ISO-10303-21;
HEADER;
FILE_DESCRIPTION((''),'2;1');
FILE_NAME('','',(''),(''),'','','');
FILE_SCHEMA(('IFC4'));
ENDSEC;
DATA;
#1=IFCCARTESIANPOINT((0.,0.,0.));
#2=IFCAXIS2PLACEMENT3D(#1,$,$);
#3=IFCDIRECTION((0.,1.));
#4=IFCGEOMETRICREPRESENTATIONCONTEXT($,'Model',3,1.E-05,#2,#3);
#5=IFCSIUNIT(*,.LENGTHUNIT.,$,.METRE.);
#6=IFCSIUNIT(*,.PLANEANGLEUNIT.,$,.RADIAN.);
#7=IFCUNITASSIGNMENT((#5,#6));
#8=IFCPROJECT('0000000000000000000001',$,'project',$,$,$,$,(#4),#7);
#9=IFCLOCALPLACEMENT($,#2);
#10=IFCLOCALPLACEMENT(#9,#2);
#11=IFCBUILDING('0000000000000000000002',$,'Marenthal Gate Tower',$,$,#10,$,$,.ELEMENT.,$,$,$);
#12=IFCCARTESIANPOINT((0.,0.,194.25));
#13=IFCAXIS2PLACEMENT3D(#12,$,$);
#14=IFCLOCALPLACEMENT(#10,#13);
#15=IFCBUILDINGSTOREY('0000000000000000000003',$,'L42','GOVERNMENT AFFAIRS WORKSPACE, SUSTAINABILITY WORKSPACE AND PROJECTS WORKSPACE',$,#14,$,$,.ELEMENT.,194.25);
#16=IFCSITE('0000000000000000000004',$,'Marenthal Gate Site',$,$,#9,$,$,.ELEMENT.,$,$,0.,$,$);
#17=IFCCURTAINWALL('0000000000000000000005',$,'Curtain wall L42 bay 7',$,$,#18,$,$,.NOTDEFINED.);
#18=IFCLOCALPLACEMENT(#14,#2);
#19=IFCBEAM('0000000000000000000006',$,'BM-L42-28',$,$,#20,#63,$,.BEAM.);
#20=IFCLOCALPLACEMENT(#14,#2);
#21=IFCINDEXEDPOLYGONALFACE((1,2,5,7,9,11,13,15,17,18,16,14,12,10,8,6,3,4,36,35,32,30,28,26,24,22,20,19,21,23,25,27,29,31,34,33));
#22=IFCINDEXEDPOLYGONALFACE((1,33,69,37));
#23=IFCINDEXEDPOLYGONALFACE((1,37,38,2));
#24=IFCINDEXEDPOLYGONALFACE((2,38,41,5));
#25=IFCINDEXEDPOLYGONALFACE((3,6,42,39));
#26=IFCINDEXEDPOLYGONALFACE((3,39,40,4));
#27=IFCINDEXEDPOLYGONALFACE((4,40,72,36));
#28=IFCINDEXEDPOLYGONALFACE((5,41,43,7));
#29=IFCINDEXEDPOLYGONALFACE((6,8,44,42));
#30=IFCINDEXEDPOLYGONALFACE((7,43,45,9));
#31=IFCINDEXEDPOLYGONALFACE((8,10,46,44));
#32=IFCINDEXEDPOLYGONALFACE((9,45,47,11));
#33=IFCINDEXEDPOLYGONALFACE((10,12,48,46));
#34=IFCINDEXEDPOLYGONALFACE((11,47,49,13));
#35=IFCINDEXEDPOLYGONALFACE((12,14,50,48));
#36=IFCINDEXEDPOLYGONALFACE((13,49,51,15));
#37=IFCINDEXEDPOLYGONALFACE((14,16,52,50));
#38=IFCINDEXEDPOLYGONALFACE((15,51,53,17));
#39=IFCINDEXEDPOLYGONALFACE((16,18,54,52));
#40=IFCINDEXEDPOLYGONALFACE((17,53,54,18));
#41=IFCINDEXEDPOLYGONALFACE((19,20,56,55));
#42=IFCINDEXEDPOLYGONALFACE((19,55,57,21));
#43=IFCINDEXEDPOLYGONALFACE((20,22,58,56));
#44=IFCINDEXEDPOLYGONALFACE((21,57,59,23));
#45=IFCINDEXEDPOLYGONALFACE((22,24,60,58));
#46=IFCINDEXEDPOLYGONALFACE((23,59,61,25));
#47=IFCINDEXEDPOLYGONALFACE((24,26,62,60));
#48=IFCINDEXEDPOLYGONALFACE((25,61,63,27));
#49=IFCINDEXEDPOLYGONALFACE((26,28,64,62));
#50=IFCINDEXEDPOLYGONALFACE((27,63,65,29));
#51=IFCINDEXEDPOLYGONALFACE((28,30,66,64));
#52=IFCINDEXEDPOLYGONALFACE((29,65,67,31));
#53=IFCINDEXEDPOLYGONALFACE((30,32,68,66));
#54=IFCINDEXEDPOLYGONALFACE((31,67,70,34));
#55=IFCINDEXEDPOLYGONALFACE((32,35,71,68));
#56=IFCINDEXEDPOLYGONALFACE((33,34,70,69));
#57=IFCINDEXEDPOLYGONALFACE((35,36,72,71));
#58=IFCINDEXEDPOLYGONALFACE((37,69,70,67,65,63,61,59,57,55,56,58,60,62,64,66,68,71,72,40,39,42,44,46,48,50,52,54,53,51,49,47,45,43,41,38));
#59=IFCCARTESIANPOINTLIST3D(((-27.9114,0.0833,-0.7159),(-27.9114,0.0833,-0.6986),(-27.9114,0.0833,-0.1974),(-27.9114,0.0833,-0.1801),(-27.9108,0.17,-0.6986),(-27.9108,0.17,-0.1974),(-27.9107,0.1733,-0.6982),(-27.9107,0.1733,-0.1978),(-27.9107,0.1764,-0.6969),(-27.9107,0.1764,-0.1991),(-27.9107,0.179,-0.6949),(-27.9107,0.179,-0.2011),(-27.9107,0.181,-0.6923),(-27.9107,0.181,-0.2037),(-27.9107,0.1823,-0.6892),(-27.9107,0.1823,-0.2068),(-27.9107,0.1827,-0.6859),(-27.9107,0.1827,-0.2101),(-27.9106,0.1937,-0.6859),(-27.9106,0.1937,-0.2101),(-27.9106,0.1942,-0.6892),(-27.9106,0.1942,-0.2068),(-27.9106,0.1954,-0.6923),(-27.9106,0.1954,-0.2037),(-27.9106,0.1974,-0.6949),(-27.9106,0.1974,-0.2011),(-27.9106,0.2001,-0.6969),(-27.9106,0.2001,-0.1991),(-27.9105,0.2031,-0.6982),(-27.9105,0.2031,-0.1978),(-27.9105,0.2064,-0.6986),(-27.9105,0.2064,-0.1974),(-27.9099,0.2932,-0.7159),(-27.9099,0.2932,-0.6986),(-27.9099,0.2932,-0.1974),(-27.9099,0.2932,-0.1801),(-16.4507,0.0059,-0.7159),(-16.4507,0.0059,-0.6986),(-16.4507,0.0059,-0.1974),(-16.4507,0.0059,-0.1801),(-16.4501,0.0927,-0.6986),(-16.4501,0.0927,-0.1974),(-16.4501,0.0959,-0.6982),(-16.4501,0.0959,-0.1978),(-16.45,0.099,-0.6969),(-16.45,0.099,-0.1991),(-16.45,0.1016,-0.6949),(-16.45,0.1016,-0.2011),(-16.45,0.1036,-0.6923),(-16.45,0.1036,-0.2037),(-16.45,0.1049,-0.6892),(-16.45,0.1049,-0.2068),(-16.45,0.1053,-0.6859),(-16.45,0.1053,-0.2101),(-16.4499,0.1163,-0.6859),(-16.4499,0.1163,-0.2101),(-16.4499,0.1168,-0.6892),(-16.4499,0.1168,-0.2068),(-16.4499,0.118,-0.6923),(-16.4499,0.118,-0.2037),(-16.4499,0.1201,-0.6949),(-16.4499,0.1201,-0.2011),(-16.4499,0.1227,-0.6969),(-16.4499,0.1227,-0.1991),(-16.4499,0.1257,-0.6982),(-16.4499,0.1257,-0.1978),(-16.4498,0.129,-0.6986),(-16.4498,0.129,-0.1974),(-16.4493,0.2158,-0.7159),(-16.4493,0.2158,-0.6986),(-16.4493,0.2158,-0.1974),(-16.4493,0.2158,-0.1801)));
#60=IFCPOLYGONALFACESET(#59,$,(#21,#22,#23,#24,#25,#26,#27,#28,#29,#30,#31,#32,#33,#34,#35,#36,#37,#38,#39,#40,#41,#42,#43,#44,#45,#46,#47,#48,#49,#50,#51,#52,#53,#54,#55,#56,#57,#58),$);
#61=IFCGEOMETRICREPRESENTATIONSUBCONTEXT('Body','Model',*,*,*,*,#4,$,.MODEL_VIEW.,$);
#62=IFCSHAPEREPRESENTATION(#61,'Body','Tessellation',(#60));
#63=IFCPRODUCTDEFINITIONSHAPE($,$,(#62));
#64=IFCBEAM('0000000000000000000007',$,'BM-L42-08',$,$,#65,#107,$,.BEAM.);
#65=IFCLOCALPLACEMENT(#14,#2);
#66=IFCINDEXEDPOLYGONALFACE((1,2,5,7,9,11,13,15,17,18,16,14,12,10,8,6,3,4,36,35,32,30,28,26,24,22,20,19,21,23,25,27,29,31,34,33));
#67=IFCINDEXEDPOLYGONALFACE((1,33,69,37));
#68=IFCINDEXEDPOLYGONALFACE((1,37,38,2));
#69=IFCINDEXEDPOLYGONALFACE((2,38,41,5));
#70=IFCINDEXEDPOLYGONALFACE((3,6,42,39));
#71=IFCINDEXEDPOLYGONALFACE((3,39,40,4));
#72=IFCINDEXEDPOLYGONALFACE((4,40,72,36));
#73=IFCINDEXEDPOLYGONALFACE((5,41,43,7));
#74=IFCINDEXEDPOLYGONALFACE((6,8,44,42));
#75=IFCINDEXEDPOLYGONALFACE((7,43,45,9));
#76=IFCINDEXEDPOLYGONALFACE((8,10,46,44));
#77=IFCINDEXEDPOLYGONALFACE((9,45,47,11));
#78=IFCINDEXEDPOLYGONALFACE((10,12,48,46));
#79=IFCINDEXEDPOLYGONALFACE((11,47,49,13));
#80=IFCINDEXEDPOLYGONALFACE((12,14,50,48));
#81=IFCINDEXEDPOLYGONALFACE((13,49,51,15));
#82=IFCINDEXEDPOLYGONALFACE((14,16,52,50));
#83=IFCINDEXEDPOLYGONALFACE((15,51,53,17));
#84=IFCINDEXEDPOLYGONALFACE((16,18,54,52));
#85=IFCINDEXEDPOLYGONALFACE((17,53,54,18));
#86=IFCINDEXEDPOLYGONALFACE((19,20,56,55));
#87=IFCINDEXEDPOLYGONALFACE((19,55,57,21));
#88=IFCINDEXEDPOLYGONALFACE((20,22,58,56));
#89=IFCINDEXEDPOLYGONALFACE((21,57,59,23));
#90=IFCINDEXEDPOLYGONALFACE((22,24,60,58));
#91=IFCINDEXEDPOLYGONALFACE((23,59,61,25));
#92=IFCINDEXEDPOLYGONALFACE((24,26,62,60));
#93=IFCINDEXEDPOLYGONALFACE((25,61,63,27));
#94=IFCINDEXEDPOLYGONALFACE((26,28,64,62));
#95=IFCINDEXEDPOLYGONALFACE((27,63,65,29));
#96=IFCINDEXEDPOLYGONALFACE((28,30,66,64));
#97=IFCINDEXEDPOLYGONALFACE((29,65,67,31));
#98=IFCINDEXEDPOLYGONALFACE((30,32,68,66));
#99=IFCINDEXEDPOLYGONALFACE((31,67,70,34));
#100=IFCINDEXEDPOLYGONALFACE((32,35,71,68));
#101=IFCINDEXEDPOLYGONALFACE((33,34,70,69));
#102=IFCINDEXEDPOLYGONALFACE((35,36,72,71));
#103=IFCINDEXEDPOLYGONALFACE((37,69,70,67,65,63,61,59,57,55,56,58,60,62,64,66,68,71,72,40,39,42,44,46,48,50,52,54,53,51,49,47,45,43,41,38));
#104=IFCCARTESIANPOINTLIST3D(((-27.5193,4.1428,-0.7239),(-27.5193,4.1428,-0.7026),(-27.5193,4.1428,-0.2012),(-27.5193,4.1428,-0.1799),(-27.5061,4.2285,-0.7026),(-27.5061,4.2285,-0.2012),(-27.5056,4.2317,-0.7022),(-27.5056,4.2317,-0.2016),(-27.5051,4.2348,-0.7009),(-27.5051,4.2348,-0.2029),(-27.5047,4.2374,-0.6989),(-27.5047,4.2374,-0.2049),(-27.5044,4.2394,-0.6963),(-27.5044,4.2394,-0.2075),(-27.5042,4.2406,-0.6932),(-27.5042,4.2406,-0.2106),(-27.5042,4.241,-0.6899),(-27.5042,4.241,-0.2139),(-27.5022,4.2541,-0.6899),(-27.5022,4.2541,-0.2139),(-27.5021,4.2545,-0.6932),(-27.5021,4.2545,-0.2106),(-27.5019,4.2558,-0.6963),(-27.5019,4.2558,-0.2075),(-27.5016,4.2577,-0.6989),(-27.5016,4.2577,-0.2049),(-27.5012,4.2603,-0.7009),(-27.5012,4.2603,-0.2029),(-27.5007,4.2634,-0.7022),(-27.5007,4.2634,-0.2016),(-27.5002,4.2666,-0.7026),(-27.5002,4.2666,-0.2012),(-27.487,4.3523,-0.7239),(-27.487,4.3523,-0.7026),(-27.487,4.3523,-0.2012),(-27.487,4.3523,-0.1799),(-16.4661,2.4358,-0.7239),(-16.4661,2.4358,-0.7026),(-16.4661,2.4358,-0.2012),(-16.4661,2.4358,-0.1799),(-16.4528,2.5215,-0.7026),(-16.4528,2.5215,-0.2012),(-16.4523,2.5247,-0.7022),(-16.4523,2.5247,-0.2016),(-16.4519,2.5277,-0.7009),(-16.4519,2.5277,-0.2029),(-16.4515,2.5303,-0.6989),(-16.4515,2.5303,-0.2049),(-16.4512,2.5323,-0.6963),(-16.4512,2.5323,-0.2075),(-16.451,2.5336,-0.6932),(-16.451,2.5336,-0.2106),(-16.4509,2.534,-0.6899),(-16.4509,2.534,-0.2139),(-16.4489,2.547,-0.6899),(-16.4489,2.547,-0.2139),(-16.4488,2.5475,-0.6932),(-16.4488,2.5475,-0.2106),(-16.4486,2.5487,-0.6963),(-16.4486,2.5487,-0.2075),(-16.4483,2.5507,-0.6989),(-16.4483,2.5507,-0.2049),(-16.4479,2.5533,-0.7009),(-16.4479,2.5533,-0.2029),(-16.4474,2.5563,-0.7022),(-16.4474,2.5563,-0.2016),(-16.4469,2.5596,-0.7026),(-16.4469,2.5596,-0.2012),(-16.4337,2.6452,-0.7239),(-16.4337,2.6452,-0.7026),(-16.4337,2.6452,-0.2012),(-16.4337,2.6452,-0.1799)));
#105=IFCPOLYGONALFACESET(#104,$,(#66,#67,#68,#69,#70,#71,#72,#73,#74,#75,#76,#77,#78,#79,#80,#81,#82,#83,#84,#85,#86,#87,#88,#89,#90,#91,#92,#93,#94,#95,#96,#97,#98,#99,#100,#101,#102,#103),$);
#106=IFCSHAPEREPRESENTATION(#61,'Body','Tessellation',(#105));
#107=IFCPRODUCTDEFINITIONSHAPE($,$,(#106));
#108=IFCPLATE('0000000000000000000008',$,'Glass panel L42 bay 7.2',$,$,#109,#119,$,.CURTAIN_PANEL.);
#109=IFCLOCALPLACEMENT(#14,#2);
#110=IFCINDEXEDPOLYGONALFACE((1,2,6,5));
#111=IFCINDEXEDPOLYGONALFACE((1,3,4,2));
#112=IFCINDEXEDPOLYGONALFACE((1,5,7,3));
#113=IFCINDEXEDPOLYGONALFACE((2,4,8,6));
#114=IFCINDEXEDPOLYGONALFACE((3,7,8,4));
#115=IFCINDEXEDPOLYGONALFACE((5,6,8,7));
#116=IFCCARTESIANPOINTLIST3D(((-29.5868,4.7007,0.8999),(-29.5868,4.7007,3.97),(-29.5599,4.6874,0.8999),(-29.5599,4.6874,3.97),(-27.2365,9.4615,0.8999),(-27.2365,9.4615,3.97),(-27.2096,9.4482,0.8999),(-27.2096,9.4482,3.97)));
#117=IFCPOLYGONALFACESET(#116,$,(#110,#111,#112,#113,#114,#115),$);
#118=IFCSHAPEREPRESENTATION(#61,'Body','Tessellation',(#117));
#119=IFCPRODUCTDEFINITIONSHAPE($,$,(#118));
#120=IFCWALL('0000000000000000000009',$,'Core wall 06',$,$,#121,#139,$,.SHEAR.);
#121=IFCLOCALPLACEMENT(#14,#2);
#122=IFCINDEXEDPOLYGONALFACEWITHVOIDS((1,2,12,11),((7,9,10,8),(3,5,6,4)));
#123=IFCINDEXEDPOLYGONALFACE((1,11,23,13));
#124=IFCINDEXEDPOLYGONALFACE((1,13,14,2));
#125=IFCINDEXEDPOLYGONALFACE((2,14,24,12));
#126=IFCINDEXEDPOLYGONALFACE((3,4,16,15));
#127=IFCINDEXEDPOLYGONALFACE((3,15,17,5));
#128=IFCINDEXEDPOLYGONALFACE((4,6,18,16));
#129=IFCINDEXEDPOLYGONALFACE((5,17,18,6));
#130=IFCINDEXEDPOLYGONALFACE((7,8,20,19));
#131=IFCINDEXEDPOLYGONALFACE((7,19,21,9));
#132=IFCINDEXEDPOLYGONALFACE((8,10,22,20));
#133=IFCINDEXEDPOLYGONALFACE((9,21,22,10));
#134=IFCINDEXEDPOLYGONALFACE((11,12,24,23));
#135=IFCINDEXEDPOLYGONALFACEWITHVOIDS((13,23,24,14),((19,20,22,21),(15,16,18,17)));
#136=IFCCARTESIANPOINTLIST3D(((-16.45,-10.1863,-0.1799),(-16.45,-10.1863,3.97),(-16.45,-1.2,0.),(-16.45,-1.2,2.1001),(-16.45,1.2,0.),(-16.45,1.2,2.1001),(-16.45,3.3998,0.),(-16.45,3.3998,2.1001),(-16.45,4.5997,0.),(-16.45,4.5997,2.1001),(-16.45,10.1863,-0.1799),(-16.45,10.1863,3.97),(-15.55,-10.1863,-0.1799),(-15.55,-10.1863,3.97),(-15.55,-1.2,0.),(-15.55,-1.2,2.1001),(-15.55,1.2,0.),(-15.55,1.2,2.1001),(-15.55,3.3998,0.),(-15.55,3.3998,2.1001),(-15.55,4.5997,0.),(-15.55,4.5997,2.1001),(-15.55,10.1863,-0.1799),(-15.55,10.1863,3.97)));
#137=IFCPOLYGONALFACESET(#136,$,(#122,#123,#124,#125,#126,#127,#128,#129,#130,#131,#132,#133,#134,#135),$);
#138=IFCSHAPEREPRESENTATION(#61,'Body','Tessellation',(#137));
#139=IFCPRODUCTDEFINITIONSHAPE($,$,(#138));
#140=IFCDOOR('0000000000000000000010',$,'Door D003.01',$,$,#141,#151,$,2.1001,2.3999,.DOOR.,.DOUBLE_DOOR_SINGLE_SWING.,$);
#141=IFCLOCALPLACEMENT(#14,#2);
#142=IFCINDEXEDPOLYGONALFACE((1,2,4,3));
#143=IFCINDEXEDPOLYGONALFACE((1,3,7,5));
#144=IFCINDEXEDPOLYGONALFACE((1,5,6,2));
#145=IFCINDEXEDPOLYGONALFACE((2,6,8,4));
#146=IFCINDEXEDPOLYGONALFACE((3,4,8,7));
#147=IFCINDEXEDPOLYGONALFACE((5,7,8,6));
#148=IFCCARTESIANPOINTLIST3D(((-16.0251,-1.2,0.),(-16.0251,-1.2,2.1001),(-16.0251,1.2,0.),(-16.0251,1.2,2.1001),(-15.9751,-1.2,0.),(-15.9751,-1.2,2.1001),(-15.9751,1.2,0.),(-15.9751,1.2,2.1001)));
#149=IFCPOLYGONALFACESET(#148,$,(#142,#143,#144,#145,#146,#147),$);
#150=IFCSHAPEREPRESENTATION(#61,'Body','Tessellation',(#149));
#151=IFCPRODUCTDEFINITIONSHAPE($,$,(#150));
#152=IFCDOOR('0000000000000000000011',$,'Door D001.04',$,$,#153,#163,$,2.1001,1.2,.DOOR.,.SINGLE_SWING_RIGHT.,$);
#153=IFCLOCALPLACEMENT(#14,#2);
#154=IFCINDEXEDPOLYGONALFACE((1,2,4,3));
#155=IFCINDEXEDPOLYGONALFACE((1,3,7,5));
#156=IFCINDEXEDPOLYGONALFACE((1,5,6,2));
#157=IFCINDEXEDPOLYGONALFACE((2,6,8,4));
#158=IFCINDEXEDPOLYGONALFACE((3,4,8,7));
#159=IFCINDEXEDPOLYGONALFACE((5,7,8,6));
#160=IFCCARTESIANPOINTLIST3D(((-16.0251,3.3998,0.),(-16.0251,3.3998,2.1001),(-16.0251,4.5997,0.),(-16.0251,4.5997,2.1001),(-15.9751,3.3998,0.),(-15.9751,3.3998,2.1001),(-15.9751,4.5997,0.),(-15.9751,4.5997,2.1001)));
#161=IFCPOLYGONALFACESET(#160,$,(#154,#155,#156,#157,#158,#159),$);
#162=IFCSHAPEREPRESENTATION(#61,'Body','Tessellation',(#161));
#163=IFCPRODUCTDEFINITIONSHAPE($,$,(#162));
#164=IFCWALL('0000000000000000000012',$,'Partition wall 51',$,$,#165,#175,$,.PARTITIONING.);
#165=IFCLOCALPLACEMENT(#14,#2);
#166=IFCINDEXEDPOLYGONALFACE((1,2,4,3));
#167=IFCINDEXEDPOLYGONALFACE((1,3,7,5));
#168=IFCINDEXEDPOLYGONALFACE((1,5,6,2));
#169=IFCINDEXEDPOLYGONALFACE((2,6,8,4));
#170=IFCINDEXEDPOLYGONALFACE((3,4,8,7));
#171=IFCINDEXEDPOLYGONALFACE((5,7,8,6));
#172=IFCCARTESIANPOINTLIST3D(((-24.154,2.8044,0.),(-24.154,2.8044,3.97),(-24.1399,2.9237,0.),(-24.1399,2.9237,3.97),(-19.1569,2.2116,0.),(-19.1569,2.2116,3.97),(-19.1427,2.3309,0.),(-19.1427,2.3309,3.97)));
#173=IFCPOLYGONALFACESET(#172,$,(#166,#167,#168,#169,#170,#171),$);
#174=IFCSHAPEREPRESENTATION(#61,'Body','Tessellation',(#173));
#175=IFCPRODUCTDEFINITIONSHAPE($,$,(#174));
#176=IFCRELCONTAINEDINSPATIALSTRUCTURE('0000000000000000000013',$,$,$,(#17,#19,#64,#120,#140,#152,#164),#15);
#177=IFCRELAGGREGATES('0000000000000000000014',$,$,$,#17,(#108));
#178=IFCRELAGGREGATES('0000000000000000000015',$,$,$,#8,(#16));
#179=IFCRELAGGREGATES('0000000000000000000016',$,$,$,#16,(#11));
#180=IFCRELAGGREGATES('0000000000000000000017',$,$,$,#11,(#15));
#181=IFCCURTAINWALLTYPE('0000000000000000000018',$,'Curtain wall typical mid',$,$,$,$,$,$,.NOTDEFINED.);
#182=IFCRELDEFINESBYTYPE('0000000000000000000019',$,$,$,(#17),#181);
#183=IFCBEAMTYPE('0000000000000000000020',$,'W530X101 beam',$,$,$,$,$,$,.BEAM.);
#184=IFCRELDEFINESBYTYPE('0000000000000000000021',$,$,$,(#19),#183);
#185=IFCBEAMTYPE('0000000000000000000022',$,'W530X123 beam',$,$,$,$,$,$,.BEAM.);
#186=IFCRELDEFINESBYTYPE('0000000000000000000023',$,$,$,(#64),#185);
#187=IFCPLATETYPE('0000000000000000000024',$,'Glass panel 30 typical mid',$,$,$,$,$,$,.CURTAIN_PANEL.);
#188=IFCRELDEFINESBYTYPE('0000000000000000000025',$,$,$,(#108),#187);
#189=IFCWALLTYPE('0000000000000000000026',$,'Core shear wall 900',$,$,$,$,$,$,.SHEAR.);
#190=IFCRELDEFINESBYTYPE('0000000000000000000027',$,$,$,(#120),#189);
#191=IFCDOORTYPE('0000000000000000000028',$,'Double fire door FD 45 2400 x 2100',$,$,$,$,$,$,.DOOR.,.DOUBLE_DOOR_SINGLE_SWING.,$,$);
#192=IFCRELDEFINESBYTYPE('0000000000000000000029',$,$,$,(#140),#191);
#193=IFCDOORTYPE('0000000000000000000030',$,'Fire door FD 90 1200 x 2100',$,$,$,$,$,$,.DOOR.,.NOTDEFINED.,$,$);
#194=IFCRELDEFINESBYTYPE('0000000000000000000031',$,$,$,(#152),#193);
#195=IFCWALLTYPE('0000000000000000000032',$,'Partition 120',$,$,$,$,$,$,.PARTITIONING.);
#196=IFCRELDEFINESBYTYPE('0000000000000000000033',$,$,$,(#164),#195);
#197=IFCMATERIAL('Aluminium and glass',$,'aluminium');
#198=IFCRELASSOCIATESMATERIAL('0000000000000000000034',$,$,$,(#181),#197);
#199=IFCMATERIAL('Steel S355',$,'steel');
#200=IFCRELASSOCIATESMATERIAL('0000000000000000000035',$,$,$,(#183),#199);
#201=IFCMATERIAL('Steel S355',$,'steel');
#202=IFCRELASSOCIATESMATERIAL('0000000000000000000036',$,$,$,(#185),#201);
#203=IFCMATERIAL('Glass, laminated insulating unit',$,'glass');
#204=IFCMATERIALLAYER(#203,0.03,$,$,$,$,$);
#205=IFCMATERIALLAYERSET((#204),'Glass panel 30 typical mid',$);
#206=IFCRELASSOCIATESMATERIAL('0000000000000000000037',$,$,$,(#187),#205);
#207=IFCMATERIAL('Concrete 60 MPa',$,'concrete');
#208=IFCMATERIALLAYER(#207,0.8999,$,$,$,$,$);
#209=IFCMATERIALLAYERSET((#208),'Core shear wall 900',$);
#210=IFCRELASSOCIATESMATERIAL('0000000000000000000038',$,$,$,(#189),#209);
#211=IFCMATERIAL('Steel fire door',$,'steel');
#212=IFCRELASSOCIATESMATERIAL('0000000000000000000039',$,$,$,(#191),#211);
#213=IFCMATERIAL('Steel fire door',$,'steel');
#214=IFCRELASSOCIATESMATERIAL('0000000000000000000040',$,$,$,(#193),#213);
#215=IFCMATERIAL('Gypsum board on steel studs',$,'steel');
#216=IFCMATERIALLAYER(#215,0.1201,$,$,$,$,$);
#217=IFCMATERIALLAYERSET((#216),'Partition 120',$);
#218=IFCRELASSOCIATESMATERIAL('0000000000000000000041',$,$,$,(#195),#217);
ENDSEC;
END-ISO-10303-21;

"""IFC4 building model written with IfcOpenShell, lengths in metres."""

from ifc_helpers import new_model, si_unit, direction, frame, frame_2d, origin, origin_2d, place, context, subcontext, project, spatial, rectangle, i_section, extrude, material, layer, layer_set, material_profile, profile_set, type_object, element, fill, aggregate, save


model = new_model("IFC4")

# Units and contexts
model_context = context("Model", 3, precision=1e-05, world=origin(), true_north=direction((0.0, 1.0)))
body_context = subcontext(model_context, "Body", "Model", "MODEL_VIEW")
ifc_project = project(units=[si_unit("LENGTHUNIT", "METRE"), si_unit("PLANEANGLEUNIT", "RADIAN")], contexts=[model_context])

# Site, building, storey
site_placement = place(None, origin())
site = spatial("IfcSite", under=ifc_project, at=site_placement, Name="Marenthal Gate Site", CompositionType="ELEMENT", RefElevation=0.0)
building_placement = place(site_placement, origin())
building = spatial("IfcBuilding", under=site, at=building_placement, Name="Marenthal Gate Tower", CompositionType="ELEMENT")
storey_placement = place(building_placement, frame((0.0, 0.0, 194.25)))
storey = spatial("IfcBuildingStorey", under=building, at=storey_placement, Name="L42", Description="GOVERNMENT AFFAIRS WORKSPACE, SUSTAINABILITY WORKSPACE AND PROJECTS WORKSPACE", CompositionType="ELEMENT", Elevation=194.25)

# Curtain wall
ifc_material_1 = material(Name="Aluminium and glass", Category="aluminium")
curtain_wall_type = type_object("IfcCurtainWallType", Name="Curtain wall typical mid", PredefinedType="NOTDEFINED", material=ifc_material_1)
curtain_wall_placement = place(storey_placement, origin())
curtain_wall = element("IfcCurtainWall", 1, at=curtain_wall_placement, inside=storey, type_object=curtain_wall_type, Name="Curtain wall L42 bay 7", PredefinedType="NOTDEFINED")

# Beams
ifc_material_2 = material(Name="Steel S355", Category="steel")
ifc_material_profile_1 = material_profile(ifc_material_2, i_section(OverallWidth=0.21, OverallDepth=0.5359, WebThickness=0.011, FlangeThickness=0.0173, FilletRadius=0.0127, at=origin_2d()), Name="W530X101")
ifc_profile_set_1 = profile_set([ifc_material_profile_1], Name="Steel S355")
beam_type_1 = type_object("IfcBeamType", Name="W530X101 beam", PredefinedType="BEAM", material=ifc_profile_set_1)
beam_1_placement = place(storey_placement, frame((-27.9106, 0.1882, -0.448), z_axis=(0.999977, -0.006753, 0.0), x_axis=(0.006753, 0.999977, 0.0)))
element("IfcBeam", 2, at=beam_1_placement, inside=storey, type_object=beam_type_1, Name="BM-L42-28", PredefinedType="BEAM", context=body_context, shape_type="SweptSolid", body=[
    extrude(i_section(OverallWidth=0.21, OverallDepth=0.5359, WebThickness=0.011, FlangeThickness=0.0173, FilletRadius=0.0127, at=origin_2d()), origin(), (0.0, 0.0, 1.0), 11.4609),
])
ifc_material_3 = material(Name="Steel S355", Category="steel")
ifc_material_profile_2 = material_profile(ifc_material_3, i_section(OverallWidth=0.2119, OverallDepth=0.5439, WebThickness=0.0132, FlangeThickness=0.0212, FilletRadius=0.0127, at=origin_2d()), Name="W530X123")
ifc_profile_set_2 = profile_set([ifc_material_profile_2], Name="Steel S355")
beam_type_2 = type_object("IfcBeamType", Name="W530X123 beam", PredefinedType="BEAM", material=ifc_profile_set_2)
beam_2_placement = place(storey_placement, frame((-27.5032, 4.2476, -0.4519), z_axis=(0.988284, -0.152628, 0.0), x_axis=(0.152628, 0.988284, 0.0)))
element("IfcBeam", 3, at=beam_2_placement, inside=storey, type_object=beam_type_2, Name="BM-L42-08", PredefinedType="BEAM", context=body_context, shape_type="SweptSolid", body=[
    extrude(i_section(OverallWidth=0.2119, OverallDepth=0.5439, WebThickness=0.0132, FlangeThickness=0.0212, FilletRadius=0.0127, at=origin_2d()), origin(), (0.0, 0.0, 1.0), 11.1843),
])

# Plate
ifc_material_4 = material(Name="Glass, laminated insulating unit", Category="glass")
ifc_layer_1 = layer(ifc_material_4, 0.03)
ifc_layer_set_1 = layer_set([ifc_layer_1], Name="Glass panel 30 typical mid")
plate_type = type_object("IfcPlateType", Name="Glass panel 30 typical mid", PredefinedType="CURTAIN_PANEL", material=ifc_layer_set_1)
plate_placement = place(storey_placement, frame((-28.3982, 7.0745, 0.8999), z_axis=(0.0, 0.0, 1.0), x_axis=(-0.442678, -0.896681, 0.0)))
plate = element("IfcPlate", 4, at=plate_placement, type_object=plate_type, Name="Glass panel L42 bay 7.2", PredefinedType="CURTAIN_PANEL", context=body_context, shape_type="SweptSolid", body=[
    extrude(rectangle(XDim=5.3093, YDim=0.03, at=origin_2d()), origin(), (0.0, 0.0, 1.0), 3.0701),
])
aggregate(curtain_wall, [plate])

# Wall, openings, doors
ifc_material_5 = material(Name="Concrete 60 MPa", Category="concrete")
ifc_layer_2 = layer(ifc_material_5, 0.8999)
ifc_layer_set_2 = layer_set([ifc_layer_2], Name="Core shear wall 900")
wall_type_1 = type_object("IfcWallType", Name="Core shear wall 900", PredefinedType="SHEAR", material=ifc_layer_set_2)
wall_1_placement = place(storey_placement, frame((-16.0, 10.1863, -0.1799), z_axis=(0.0, 0.0, 1.0), x_axis=(0.0, -1.0, 0.0)))
wall_1 = element("IfcWall", 5, at=wall_1_placement, inside=storey, type_object=wall_type_1, Name="Core wall 06", PredefinedType="SHEAR", context=body_context, shape_type="SweptSolid", body=[
    extrude(rectangle(XDim=20.3726, YDim=0.8999, at=frame_2d((10.1863, 0.0))), origin(), (0.0, 0.0, 1.0), 4.1499),
])
opening_1_placement = place(wall_1_placement, frame((8.9863, 0.0, 0.1799)))
opening_1 = element("IfcOpeningElement", 6, at=opening_1_placement, cuts=wall_1, PredefinedType="OPENING", context=body_context, shape_type="SweptSolid", body=[
    extrude(rectangle(XDim=2.3999, YDim=2.1001, at=frame_2d((1.2, 1.05))), frame((0.0, 0.46, 0.0), z_axis=(0.0, -1.0, 0.0), x_axis=(1.0, 0.0, 0.0)), (0.0, 0.0, 1.0), 0.9199),
])
opening_2_placement = place(wall_1_placement, frame((5.5864, 0.0, 0.1799)))
opening_2 = element("IfcOpeningElement", 7, at=opening_2_placement, cuts=wall_1, PredefinedType="OPENING", context=body_context, shape_type="SweptSolid", body=[
    extrude(rectangle(XDim=1.2, YDim=2.1001, at=frame_2d((0.6001, 1.05))), frame((0.0, 0.46, 0.0), z_axis=(0.0, -1.0, 0.0), x_axis=(1.0, 0.0, 0.0)), (0.0, 0.0, 1.0), 0.9199),
])
ifc_material_6 = material(Name="Steel fire door", Category="steel")
door_type_1 = type_object("IfcDoorType", Name="Double fire door FD 45 2400 x 2100", OperationType="DOUBLE_DOOR_SINGLE_SWING", PredefinedType="DOOR", material=ifc_material_6)
door_1_placement = place(opening_1_placement, origin())
door_1 = element("IfcDoor", 8, at=door_1_placement, inside=storey, type_object=door_type_1, Name="Door D003.01", OperationType="DOUBLE_DOOR_SINGLE_SWING", OverallHeight=2.1001, OverallWidth=2.3999, PredefinedType="DOOR", context=body_context, shape_type="SweptSolid", body=[
    extrude(rectangle(XDim=2.3999, YDim=2.1001, at=frame_2d((1.2, 1.05))), frame((0.0, 0.0249, 0.0), z_axis=(0.0, -1.0, 0.0), x_axis=(1.0, 0.0, 0.0)), (0.0, 0.0, 1.0), 0.05),
])
fill(opening_1, door_1)
ifc_material_7 = material(Name="Steel fire door", Category="steel")
door_type_2 = type_object("IfcDoorType", Name="Fire door FD 90 1200 x 2100", OperationType="NOTDEFINED", PredefinedType="DOOR", material=ifc_material_7)
door_2_placement = place(opening_2_placement, origin())
door_2 = element("IfcDoor", 9, at=door_2_placement, inside=storey, type_object=door_type_2, Name="Door D001.04", OperationType="SINGLE_SWING_RIGHT", OverallHeight=2.1001, OverallWidth=1.2, PredefinedType="DOOR", context=body_context, shape_type="SweptSolid", body=[
    extrude(rectangle(XDim=1.2, YDim=2.1001, at=frame_2d((0.6001, 1.05))), frame((0.0, 0.0249, 0.0), z_axis=(0.0, -1.0, 0.0), x_axis=(1.0, 0.0, 0.0)), (0.0, 0.0, 1.0), 0.05),
])
fill(opening_2, door_2)

# Wall
ifc_material_8 = material(Name="Gypsum board on steel studs", Category="steel")
ifc_layer_3 = layer(ifc_material_8, 0.1201)
ifc_layer_set_3 = layer_set([ifc_layer_3], Name="Partition 120")
wall_type_2 = type_object("IfcWallType", Name="Partition 120", PredefinedType="PARTITIONING", material=ifc_layer_set_3)
wall_2_placement = place(storey_placement, frame((-24.147, 2.864, 0.0), z_axis=(0.0, 0.0, 1.0), x_axis=(0.993038, -0.117798, 0.0)))
element("IfcWall", 10, at=wall_2_placement, inside=storey, type_object=wall_type_2, Name="Partition wall 51", PredefinedType="PARTITIONING", context=body_context, shape_type="SweptSolid", body=[
    extrude(rectangle(XDim=5.0322, YDim=0.1201, at=frame_2d((2.5161, 0.0))), origin(), (0.0, 0.0, 1.0), 3.97),
])

save(model, "model.ifc")
